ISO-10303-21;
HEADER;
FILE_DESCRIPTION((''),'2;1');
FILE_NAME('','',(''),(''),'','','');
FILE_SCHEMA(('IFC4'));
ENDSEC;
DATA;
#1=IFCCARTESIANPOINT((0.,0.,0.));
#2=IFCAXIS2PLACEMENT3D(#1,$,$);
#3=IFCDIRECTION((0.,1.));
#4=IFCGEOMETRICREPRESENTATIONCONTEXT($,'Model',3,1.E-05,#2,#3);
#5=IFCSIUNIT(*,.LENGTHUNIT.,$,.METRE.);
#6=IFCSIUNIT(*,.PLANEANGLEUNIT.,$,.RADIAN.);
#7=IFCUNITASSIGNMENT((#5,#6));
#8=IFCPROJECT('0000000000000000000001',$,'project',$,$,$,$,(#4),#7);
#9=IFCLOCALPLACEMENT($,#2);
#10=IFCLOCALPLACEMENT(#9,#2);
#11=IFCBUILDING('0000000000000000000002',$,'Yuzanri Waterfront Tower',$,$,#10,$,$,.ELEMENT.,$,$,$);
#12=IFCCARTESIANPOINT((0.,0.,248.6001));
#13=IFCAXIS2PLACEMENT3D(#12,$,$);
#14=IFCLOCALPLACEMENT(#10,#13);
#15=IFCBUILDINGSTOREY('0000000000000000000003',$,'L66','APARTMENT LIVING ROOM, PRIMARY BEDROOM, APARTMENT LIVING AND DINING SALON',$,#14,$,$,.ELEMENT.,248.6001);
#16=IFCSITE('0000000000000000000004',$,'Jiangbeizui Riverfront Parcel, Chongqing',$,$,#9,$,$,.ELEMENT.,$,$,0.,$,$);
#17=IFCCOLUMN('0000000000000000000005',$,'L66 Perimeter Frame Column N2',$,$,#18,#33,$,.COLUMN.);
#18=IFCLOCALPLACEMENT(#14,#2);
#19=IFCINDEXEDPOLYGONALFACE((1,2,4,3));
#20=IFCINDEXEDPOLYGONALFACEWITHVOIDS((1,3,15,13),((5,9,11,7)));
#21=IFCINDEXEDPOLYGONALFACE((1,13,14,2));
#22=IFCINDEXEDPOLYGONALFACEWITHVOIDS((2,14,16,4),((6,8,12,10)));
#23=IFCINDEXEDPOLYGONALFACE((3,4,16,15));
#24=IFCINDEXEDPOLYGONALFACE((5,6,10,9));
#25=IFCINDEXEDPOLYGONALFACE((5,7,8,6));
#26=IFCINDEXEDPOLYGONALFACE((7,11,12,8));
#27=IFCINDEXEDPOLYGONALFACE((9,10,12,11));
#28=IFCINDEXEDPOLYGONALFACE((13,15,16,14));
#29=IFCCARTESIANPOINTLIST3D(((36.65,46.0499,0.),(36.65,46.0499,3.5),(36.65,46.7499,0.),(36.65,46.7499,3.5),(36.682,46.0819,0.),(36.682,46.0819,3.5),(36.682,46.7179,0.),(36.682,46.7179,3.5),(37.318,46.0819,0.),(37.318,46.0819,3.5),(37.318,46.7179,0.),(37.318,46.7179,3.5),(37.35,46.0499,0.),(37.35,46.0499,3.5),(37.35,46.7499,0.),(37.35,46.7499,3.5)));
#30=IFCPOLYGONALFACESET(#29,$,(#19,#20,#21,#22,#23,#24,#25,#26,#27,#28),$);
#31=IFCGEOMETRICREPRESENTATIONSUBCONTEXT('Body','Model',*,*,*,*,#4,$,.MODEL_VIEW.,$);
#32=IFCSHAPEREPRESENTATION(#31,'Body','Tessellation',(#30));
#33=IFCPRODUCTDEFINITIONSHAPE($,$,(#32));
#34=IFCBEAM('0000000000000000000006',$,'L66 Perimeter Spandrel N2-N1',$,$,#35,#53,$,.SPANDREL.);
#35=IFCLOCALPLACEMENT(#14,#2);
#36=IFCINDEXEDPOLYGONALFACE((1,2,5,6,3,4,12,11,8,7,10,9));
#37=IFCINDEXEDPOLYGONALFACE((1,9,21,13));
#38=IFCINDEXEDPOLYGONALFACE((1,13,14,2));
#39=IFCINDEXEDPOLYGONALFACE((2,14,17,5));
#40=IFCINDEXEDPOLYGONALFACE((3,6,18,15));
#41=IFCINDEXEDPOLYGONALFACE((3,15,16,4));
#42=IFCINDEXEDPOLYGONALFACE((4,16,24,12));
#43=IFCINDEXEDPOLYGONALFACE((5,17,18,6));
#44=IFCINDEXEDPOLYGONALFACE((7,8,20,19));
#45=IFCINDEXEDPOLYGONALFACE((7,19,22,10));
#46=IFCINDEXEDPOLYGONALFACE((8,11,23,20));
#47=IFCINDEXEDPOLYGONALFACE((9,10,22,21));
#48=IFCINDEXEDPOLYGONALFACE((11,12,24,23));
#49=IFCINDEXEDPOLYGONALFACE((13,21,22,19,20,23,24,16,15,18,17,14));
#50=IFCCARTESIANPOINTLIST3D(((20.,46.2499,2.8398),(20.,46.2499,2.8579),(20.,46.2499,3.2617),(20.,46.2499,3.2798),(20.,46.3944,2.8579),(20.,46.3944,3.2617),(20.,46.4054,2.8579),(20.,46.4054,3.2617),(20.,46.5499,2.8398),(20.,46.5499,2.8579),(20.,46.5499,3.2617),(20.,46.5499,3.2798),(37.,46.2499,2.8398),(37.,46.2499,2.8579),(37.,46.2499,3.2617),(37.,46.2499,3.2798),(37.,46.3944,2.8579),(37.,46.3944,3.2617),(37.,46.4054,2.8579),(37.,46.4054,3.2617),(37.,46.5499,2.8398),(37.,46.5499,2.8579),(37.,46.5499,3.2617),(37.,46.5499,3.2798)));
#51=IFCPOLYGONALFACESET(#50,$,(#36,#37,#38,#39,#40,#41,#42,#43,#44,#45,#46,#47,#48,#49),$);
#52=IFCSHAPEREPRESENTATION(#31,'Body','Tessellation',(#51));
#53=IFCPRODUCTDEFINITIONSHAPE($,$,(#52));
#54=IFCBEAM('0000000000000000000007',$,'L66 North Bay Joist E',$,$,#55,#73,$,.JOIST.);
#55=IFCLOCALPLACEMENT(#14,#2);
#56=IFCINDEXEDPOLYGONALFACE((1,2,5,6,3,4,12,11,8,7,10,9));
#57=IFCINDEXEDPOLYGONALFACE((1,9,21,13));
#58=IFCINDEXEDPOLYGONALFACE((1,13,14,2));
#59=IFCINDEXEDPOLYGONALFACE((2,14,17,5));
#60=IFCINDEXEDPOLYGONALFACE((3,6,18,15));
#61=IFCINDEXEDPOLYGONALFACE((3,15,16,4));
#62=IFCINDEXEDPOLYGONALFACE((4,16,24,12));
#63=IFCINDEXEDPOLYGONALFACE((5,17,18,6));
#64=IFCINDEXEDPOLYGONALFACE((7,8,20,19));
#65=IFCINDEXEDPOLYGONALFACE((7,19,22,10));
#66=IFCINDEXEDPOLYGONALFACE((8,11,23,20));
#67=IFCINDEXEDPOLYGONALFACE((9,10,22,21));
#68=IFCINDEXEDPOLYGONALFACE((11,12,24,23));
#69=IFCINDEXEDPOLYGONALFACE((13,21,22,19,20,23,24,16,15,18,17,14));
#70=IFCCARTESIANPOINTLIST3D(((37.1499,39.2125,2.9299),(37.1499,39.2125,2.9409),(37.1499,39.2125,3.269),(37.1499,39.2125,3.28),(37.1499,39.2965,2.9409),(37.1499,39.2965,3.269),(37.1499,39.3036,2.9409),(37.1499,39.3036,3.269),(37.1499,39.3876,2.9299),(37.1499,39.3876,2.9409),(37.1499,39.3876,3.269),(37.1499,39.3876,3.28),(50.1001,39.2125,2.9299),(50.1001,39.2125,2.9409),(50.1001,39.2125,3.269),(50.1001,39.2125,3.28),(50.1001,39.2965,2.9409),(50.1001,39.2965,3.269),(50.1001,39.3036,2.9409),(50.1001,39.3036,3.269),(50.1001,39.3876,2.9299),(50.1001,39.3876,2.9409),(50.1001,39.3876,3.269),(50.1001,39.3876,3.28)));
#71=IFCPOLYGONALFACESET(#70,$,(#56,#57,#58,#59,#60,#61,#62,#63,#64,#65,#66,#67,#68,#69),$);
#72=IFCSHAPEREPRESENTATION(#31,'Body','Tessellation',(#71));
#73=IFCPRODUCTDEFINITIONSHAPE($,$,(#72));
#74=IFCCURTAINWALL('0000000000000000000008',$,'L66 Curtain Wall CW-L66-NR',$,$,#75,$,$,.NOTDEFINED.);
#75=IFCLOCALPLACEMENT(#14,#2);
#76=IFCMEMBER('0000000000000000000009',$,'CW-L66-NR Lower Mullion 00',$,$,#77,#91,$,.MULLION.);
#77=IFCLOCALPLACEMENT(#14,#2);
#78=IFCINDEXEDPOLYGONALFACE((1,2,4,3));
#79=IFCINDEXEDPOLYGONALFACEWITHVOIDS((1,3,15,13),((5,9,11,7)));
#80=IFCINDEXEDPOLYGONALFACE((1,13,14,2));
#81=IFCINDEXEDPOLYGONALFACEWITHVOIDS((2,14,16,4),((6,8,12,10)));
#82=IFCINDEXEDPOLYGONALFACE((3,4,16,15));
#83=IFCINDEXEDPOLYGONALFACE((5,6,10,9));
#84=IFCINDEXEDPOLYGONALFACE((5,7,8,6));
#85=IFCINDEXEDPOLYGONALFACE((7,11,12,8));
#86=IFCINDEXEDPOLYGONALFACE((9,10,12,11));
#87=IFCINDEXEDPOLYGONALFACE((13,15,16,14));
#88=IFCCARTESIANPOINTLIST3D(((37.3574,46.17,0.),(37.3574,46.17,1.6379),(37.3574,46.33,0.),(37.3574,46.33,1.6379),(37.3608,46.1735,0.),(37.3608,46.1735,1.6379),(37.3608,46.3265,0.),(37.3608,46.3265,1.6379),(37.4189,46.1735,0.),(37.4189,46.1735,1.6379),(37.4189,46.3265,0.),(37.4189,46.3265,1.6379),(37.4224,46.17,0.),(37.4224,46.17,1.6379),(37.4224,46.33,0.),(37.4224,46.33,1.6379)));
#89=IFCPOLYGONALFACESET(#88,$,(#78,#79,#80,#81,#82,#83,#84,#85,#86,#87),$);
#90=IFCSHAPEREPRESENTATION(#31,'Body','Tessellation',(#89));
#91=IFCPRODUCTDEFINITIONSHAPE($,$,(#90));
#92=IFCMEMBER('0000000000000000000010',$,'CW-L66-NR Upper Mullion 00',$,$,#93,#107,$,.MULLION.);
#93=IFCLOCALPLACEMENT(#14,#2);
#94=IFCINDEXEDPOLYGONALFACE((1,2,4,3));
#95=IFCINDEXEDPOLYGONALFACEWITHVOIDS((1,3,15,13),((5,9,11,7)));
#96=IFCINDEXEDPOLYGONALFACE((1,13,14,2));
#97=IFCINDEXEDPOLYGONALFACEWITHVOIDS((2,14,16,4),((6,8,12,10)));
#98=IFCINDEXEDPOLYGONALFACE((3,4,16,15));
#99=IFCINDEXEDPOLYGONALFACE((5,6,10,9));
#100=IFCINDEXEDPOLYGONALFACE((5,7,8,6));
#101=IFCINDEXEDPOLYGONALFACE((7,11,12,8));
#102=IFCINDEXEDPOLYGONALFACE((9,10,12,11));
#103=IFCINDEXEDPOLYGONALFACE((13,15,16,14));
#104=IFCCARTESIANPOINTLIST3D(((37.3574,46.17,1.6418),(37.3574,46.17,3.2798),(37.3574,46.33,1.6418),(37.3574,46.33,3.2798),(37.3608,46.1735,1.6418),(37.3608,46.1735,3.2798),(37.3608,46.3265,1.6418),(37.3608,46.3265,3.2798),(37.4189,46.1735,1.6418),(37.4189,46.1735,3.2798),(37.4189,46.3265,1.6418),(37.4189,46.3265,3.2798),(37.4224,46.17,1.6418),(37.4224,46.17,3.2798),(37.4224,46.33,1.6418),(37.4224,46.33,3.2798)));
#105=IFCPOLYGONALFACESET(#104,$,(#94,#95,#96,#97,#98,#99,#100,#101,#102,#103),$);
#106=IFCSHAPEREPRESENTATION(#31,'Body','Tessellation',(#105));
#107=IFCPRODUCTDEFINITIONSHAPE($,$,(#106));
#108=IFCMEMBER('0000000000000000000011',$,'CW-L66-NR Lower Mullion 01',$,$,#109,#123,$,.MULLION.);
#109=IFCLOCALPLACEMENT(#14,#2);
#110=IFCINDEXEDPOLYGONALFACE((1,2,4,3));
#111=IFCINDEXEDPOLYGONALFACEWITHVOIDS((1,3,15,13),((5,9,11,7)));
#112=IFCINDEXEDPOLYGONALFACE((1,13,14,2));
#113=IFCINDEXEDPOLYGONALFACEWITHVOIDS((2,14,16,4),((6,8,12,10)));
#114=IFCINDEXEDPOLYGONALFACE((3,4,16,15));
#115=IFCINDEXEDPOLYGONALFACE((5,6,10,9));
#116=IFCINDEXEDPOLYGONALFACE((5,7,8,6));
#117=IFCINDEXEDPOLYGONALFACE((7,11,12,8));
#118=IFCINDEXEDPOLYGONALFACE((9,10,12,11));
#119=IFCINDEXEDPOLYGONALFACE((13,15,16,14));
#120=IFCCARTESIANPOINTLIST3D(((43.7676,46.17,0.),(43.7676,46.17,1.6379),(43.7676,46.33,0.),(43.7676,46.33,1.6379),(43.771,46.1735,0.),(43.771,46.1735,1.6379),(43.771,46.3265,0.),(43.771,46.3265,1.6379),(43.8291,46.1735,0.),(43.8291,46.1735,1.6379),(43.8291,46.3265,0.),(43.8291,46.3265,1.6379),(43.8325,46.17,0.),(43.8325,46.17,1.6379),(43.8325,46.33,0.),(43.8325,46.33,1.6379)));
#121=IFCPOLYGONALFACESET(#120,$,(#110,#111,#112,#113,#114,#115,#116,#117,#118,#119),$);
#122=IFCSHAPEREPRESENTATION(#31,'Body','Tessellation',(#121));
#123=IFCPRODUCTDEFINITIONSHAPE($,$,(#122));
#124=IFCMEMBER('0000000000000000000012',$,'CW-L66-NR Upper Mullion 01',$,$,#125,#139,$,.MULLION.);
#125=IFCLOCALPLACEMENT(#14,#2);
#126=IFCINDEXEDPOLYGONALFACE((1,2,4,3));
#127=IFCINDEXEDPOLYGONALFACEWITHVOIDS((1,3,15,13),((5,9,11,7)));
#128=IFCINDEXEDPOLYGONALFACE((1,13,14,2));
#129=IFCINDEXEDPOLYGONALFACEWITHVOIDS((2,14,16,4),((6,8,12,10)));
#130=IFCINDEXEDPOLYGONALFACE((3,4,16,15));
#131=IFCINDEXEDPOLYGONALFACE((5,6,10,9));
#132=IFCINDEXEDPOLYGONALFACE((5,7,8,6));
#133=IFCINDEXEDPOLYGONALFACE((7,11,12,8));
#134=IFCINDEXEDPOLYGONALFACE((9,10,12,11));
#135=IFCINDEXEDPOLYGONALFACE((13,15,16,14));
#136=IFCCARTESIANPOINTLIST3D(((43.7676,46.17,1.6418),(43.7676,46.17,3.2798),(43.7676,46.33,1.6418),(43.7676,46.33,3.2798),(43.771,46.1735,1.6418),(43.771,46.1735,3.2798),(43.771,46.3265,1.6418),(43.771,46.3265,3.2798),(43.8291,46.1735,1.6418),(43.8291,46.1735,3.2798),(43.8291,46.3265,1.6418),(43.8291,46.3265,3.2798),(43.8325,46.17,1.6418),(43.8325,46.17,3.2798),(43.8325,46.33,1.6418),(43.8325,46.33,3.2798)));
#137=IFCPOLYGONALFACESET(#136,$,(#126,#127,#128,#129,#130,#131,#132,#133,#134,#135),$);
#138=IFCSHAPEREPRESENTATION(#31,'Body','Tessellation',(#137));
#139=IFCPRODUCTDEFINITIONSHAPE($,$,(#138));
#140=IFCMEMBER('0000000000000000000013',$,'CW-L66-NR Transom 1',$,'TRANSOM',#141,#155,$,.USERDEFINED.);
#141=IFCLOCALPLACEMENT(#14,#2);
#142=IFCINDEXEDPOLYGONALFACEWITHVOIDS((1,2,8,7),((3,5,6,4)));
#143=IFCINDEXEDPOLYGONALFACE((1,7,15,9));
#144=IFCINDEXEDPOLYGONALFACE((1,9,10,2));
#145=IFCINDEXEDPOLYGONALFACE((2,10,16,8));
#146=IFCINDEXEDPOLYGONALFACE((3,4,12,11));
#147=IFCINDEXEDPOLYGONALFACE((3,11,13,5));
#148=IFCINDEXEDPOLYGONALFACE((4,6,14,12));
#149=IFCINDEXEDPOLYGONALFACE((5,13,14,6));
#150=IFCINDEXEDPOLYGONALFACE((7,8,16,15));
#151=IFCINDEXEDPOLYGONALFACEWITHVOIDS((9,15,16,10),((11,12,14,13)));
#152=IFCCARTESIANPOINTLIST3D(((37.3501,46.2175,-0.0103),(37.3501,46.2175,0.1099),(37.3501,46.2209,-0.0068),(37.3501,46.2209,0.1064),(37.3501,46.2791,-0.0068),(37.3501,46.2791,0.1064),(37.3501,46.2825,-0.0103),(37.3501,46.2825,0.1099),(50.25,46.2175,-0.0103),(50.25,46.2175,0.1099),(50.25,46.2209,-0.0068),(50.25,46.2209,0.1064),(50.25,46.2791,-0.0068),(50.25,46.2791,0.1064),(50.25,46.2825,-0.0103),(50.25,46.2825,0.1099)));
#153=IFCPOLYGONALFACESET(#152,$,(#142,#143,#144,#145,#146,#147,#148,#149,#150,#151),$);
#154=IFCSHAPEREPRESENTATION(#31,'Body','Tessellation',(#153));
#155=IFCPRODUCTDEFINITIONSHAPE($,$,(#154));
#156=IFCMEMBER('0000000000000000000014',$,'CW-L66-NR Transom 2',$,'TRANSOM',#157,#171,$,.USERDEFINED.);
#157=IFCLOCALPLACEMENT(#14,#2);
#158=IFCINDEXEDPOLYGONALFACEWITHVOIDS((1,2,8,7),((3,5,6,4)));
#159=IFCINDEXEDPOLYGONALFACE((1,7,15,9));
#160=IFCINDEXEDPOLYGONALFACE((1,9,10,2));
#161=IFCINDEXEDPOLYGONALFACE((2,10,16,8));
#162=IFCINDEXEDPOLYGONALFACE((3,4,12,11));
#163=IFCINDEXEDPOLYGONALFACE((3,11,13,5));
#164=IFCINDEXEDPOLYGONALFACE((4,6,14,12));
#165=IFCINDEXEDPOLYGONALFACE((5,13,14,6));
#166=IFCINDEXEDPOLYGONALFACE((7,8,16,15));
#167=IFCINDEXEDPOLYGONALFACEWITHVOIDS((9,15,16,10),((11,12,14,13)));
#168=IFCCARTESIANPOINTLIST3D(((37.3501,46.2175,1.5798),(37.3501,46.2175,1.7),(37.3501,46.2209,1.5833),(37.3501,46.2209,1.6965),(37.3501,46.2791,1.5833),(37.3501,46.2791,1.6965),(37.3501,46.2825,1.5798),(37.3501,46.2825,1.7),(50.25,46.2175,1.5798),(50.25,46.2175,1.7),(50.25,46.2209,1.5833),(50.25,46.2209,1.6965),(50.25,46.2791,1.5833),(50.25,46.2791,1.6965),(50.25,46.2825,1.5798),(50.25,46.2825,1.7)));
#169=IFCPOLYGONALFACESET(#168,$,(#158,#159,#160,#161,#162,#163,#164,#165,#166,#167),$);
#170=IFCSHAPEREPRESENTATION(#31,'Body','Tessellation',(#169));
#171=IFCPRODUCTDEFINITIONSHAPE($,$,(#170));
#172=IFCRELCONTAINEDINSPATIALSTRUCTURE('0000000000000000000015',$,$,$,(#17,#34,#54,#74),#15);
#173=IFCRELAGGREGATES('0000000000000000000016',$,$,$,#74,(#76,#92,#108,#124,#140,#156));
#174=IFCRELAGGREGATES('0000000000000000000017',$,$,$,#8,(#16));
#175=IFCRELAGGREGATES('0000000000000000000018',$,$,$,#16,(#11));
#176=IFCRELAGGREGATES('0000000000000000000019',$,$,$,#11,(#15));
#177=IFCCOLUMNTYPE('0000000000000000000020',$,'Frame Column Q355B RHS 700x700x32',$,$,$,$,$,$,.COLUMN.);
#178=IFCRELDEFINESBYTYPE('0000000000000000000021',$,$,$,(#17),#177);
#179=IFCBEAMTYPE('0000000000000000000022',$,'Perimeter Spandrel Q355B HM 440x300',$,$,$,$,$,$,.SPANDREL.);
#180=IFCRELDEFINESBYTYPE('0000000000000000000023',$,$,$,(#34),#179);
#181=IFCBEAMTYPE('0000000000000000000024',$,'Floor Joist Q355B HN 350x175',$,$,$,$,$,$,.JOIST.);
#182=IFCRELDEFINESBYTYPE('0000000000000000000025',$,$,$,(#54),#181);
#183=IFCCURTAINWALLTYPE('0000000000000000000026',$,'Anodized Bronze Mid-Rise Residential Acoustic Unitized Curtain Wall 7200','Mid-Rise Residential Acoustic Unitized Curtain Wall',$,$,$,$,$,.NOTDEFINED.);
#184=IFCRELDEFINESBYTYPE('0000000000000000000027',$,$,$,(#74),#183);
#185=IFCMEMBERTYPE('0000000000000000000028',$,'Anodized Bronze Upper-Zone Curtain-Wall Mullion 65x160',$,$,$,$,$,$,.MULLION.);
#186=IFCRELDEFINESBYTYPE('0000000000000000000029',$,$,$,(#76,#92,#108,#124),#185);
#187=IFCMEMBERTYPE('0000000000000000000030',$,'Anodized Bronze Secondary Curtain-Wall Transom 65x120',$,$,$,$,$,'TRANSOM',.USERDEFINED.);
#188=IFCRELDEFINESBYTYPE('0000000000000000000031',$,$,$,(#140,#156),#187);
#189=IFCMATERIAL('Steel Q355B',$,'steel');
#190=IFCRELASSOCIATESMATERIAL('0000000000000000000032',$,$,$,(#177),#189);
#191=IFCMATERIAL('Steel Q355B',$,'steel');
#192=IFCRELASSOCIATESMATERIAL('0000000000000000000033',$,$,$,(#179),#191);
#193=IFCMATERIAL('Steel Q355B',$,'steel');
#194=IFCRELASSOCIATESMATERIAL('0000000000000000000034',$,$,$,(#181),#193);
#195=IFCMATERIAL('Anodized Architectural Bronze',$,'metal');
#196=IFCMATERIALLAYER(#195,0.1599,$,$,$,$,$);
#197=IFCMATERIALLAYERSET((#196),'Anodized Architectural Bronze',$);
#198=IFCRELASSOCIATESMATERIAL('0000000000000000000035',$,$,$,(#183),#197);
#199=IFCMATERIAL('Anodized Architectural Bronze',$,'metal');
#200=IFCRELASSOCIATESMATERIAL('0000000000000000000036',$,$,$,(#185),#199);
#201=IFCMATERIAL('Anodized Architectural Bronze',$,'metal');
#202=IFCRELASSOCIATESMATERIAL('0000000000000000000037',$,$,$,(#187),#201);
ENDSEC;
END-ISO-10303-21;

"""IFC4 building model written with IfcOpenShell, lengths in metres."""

from ifc_helpers import new_model, si_unit, direction, frame, origin, origin_2d, place, context, subcontext, project, spatial, hollow_rectangle, i_section, extrude, source, transform, mapped, material, layer, layer_set, material_profile, profile_set, type_object, element, aggregate, save


model = new_model("IFC4")

# Units and contexts
model_context = context("Model", 3, precision=1e-05, world=origin(), true_north=direction((0.0, 1.0)))
body_context = subcontext(model_context, "Body", "Model", "MODEL_VIEW")
ifc_project = project(units=[si_unit("LENGTHUNIT", "METRE"), si_unit("PLANEANGLEUNIT", "RADIAN")], contexts=[model_context])

# Site, building, storey
site_placement = place(None, origin())
site = spatial("IfcSite", under=ifc_project, at=site_placement, Name="Jiangbeizui Riverfront Parcel, Chongqing", CompositionType="ELEMENT", RefElevation=0.0)
building_placement = place(site_placement, origin())
building = spatial("IfcBuilding", under=site, at=building_placement, Name="Yuzanri Waterfront Tower", CompositionType="ELEMENT")
storey_placement = place(building_placement, frame((0.0, 0.0, 248.6001)))
storey = spatial("IfcBuildingStorey", under=building, at=storey_placement, Name="L66", Description="APARTMENT LIVING ROOM, PRIMARY BEDROOM, APARTMENT LIVING AND DINING SALON", CompositionType="ELEMENT", Elevation=248.6001)

# Column
ifc_material_1 = material(Name="Steel Q355B", Category="steel")
ifc_material_profile_1 = material_profile(ifc_material_1, hollow_rectangle(XDim=0.7, YDim=0.7, WallThickness=0.032, at=origin_2d()), Name="RHS 700x700x32")
ifc_profile_set_1 = profile_set([ifc_material_profile_1], Name="Steel Q355B")
column_type = type_object("IfcColumnType", Name="Frame Column Q355B RHS 700x700x32", PredefinedType="COLUMN", material=ifc_profile_set_1)
shared_shape_1 = source(origin(), body_context, "Body", "SweptSolid", [
    extrude(hollow_rectangle(XDim=0.7, YDim=0.7, WallThickness=0.032, at=origin_2d()), origin(), (0.0, 0.0, 1.0), 3.5),
])
column_placement = place(storey_placement, frame((37.0, 46.3999, 0.0), z_axis=(0.0, 0.0, 1.0), x_axis=(1.0, 0.0, 0.0)))
element("IfcColumn", 1, at=column_placement, inside=storey, type_object=column_type, Name="L66 Perimeter Frame Column N2", PredefinedType="COLUMN", context=body_context, shape_type="MappedRepresentation", body=[
    mapped(shared_shape_1, transform((0.0, 0.0, 0.0), scale=1.0)),
])

# Beams
ifc_material_2 = material(Name="Steel Q355B", Category="steel")
ifc_material_profile_2 = material_profile(ifc_material_2, i_section(OverallWidth=0.3, OverallDepth=0.4399, WebThickness=0.011, FlangeThickness=0.0181, at=origin_2d()), Name="HM 440x300x11x18")
ifc_profile_set_2 = profile_set([ifc_material_profile_2], Name="Steel Q355B")
beam_type_1 = type_object("IfcBeamType", Name="Perimeter Spandrel Q355B HM 440x300", PredefinedType="SPANDREL", material=ifc_profile_set_2)
shared_shape_2 = source(origin(), body_context, "Body", "SweptSolid", [
    extrude(i_section(OverallWidth=0.3, OverallDepth=0.4399, WebThickness=0.011, FlangeThickness=0.0181, at=origin_2d()), origin(), (0.0, 0.0, 1.0), 17.0),
])
beam_1_placement = place(storey_placement, frame((37.0, 46.3999, 3.0598), z_axis=(-1.0, 0.0, 0.0), x_axis=(0.0, -1.0, 0.0)))
element("IfcBeam", 2, at=beam_1_placement, inside=storey, type_object=beam_type_1, Name="L66 Perimeter Spandrel N2-N1", PredefinedType="SPANDREL", context=body_context, shape_type="MappedRepresentation", body=[
    mapped(shared_shape_2, transform((0.0, 0.0, 0.0), scale=1.0)),
])
ifc_material_3 = material(Name="Steel Q355B", Category="steel")
ifc_material_profile_3 = material_profile(ifc_material_3, i_section(OverallWidth=0.175, OverallDepth=0.3501, WebThickness=0.0071, FlangeThickness=0.011, at=origin_2d()), Name="HN 350x175x7x11")
ifc_profile_set_3 = profile_set([ifc_material_profile_3], Name="Steel Q355B")
beam_type_2 = type_object("IfcBeamType", Name="Floor Joist Q355B HN 350x175", PredefinedType="JOIST", material=ifc_profile_set_3)
shared_shape_3 = source(origin(), body_context, "Body", "SweptSolid", [
    extrude(i_section(OverallWidth=0.175, OverallDepth=0.3501, WebThickness=0.0071, FlangeThickness=0.011, at=origin_2d()), origin(), (0.0, 0.0, 1.0), 12.9502),
])
beam_2_placement = place(storey_placement, frame((37.1499, 39.3, 3.105), z_axis=(1.0, 0.0, 0.0), x_axis=(0.0, 1.0, 0.0)))
element("IfcBeam", 3, at=beam_2_placement, inside=storey, type_object=beam_type_2, Name="L66 North Bay Joist E", PredefinedType="JOIST", context=body_context, shape_type="MappedRepresentation", body=[
    mapped(shared_shape_3, transform((0.0, 0.0, 0.0), scale=1.0)),
])

# Curtain wall, members
ifc_material_4 = material(Name="Anodized Architectural Bronze", Category="metal")
ifc_layer_1 = layer(ifc_material_4, 0.1599)
ifc_layer_set_1 = layer_set([ifc_layer_1], Name="Anodized Architectural Bronze")
curtain_wall_type = type_object("IfcCurtainWallType", Name="Anodized Bronze Mid-Rise Residential Acoustic Unitized Curtain Wall 7200", Description="Mid-Rise Residential Acoustic Unitized Curtain Wall", PredefinedType="NOTDEFINED", material=ifc_layer_set_1)
curtain_wall_placement = place(storey_placement, origin())
curtain_wall = element("IfcCurtainWall", 4, at=curtain_wall_placement, inside=storey, type_object=curtain_wall_type, Name="L66 Curtain Wall CW-L66-NR", PredefinedType="NOTDEFINED")
ifc_material_5 = material(Name="Anodized Architectural Bronze", Category="metal")
ifc_material_profile_4 = material_profile(ifc_material_5, hollow_rectangle(XDim=0.0649, YDim=0.1599, WallThickness=0.0034, at=origin_2d()), Name="CWM 65x160")
ifc_profile_set_4 = profile_set([ifc_material_profile_4], Name="Anodized Architectural Bronze")
member_type_1 = type_object("IfcMemberType", Name="Anodized Bronze Upper-Zone Curtain-Wall Mullion 65x160", PredefinedType="MULLION", material=ifc_profile_set_4)
shared_shape_4 = source(origin(), body_context, "Body", "SweptSolid", [
    extrude(hollow_rectangle(XDim=0.0649, YDim=0.1599, WallThickness=0.0034, at=origin_2d()), origin(), (0.0, 0.0, 1.0), 1.6379),
])
member_1_placement = place(storey_placement, frame((37.3899, 46.25, 0.0), z_axis=(0.0, 0.0, 1.0), x_axis=(1.0, 0.0, 0.0)))
member_1 = element("IfcMember", 5, at=member_1_placement, type_object=member_type_1, Name="CW-L66-NR Lower Mullion 00", PredefinedType="MULLION", context=body_context, shape_type="MappedRepresentation", body=[
    mapped(shared_shape_4, transform((0.0, 0.0, 0.0), scale=1.0)),
])
member_2_placement = place(storey_placement, frame((37.3899, 46.25, 1.6418), z_axis=(0.0, 0.0, 1.0), x_axis=(1.0, 0.0, 0.0)))
member_2 = element("IfcMember", 6, at=member_2_placement, type_object=member_type_1, Name="CW-L66-NR Upper Mullion 00", PredefinedType="MULLION", context=body_context, shape_type="MappedRepresentation", body=[
    mapped(shared_shape_4, transform((0.0, 0.0, 0.0), scale=1.0)),
])
member_3_placement = place(storey_placement, frame((43.8, 46.25, 0.0), z_axis=(0.0, 0.0, 1.0), x_axis=(1.0, 0.0, 0.0)))
member_3 = element("IfcMember", 7, at=member_3_placement, type_object=member_type_1, Name="CW-L66-NR Lower Mullion 01", PredefinedType="MULLION", context=body_context, shape_type="MappedRepresentation", body=[
    mapped(shared_shape_4, transform((0.0, 0.0, 0.0), scale=1.0)),
])
member_4_placement = place(storey_placement, frame((43.8, 46.25, 1.6418), z_axis=(0.0, 0.0, 1.0), x_axis=(1.0, 0.0, 0.0)))
member_4 = element("IfcMember", 8, at=member_4_placement, type_object=member_type_1, Name="CW-L66-NR Upper Mullion 01", PredefinedType="MULLION", context=body_context, shape_type="MappedRepresentation", body=[
    mapped(shared_shape_4, transform((0.0, 0.0, 0.0), scale=1.0)),
])
ifc_material_6 = material(Name="Anodized Architectural Bronze", Category="metal")
ifc_material_profile_5 = material_profile(ifc_material_6, hollow_rectangle(XDim=0.0649, YDim=0.1201, WallThickness=0.0034, at=origin_2d()), Name="CWT 65x120")
ifc_profile_set_5 = profile_set([ifc_material_profile_5], Name="Anodized Architectural Bronze")
member_type_2 = type_object("IfcMemberType", Name="Anodized Bronze Secondary Curtain-Wall Transom 65x120", ElementType="TRANSOM", PredefinedType="USERDEFINED", material=ifc_profile_set_5)
shared_shape_5 = source(origin(), body_context, "Body", "SweptSolid", [
    extrude(hollow_rectangle(XDim=0.0649, YDim=0.1201, WallThickness=0.0034, at=origin_2d()), origin(), (0.0, 0.0, 1.0), 12.8999),
])
member_5_placement = place(storey_placement, frame((37.3501, 46.25, 0.0498), z_axis=(1.0, 0.0, 0.0), x_axis=(0.0, 1.0, 0.0)))
member_5 = element("IfcMember", 9, at=member_5_placement, type_object=member_type_2, Name="CW-L66-NR Transom 1", ObjectType="TRANSOM", PredefinedType="USERDEFINED", context=body_context, shape_type="MappedRepresentation", body=[
    mapped(shared_shape_5, transform((0.0, 0.0, 0.0), scale=1.0)),
])
member_6_placement = place(storey_placement, frame((37.3501, 46.25, 1.6399), z_axis=(1.0, 0.0, 0.0), x_axis=(0.0, 1.0, 0.0)))
member_6 = element("IfcMember", 10, at=member_6_placement, type_object=member_type_2, Name="CW-L66-NR Transom 2", ObjectType="TRANSOM", PredefinedType="USERDEFINED", context=body_context, shape_type="MappedRepresentation", body=[
    mapped(shared_shape_5, transform((0.0, 0.0, 0.0), scale=1.0)),
])
aggregate(curtain_wall, [member_1, member_2, member_3, member_4, member_5, member_6])

save(model, "model.ifc")
